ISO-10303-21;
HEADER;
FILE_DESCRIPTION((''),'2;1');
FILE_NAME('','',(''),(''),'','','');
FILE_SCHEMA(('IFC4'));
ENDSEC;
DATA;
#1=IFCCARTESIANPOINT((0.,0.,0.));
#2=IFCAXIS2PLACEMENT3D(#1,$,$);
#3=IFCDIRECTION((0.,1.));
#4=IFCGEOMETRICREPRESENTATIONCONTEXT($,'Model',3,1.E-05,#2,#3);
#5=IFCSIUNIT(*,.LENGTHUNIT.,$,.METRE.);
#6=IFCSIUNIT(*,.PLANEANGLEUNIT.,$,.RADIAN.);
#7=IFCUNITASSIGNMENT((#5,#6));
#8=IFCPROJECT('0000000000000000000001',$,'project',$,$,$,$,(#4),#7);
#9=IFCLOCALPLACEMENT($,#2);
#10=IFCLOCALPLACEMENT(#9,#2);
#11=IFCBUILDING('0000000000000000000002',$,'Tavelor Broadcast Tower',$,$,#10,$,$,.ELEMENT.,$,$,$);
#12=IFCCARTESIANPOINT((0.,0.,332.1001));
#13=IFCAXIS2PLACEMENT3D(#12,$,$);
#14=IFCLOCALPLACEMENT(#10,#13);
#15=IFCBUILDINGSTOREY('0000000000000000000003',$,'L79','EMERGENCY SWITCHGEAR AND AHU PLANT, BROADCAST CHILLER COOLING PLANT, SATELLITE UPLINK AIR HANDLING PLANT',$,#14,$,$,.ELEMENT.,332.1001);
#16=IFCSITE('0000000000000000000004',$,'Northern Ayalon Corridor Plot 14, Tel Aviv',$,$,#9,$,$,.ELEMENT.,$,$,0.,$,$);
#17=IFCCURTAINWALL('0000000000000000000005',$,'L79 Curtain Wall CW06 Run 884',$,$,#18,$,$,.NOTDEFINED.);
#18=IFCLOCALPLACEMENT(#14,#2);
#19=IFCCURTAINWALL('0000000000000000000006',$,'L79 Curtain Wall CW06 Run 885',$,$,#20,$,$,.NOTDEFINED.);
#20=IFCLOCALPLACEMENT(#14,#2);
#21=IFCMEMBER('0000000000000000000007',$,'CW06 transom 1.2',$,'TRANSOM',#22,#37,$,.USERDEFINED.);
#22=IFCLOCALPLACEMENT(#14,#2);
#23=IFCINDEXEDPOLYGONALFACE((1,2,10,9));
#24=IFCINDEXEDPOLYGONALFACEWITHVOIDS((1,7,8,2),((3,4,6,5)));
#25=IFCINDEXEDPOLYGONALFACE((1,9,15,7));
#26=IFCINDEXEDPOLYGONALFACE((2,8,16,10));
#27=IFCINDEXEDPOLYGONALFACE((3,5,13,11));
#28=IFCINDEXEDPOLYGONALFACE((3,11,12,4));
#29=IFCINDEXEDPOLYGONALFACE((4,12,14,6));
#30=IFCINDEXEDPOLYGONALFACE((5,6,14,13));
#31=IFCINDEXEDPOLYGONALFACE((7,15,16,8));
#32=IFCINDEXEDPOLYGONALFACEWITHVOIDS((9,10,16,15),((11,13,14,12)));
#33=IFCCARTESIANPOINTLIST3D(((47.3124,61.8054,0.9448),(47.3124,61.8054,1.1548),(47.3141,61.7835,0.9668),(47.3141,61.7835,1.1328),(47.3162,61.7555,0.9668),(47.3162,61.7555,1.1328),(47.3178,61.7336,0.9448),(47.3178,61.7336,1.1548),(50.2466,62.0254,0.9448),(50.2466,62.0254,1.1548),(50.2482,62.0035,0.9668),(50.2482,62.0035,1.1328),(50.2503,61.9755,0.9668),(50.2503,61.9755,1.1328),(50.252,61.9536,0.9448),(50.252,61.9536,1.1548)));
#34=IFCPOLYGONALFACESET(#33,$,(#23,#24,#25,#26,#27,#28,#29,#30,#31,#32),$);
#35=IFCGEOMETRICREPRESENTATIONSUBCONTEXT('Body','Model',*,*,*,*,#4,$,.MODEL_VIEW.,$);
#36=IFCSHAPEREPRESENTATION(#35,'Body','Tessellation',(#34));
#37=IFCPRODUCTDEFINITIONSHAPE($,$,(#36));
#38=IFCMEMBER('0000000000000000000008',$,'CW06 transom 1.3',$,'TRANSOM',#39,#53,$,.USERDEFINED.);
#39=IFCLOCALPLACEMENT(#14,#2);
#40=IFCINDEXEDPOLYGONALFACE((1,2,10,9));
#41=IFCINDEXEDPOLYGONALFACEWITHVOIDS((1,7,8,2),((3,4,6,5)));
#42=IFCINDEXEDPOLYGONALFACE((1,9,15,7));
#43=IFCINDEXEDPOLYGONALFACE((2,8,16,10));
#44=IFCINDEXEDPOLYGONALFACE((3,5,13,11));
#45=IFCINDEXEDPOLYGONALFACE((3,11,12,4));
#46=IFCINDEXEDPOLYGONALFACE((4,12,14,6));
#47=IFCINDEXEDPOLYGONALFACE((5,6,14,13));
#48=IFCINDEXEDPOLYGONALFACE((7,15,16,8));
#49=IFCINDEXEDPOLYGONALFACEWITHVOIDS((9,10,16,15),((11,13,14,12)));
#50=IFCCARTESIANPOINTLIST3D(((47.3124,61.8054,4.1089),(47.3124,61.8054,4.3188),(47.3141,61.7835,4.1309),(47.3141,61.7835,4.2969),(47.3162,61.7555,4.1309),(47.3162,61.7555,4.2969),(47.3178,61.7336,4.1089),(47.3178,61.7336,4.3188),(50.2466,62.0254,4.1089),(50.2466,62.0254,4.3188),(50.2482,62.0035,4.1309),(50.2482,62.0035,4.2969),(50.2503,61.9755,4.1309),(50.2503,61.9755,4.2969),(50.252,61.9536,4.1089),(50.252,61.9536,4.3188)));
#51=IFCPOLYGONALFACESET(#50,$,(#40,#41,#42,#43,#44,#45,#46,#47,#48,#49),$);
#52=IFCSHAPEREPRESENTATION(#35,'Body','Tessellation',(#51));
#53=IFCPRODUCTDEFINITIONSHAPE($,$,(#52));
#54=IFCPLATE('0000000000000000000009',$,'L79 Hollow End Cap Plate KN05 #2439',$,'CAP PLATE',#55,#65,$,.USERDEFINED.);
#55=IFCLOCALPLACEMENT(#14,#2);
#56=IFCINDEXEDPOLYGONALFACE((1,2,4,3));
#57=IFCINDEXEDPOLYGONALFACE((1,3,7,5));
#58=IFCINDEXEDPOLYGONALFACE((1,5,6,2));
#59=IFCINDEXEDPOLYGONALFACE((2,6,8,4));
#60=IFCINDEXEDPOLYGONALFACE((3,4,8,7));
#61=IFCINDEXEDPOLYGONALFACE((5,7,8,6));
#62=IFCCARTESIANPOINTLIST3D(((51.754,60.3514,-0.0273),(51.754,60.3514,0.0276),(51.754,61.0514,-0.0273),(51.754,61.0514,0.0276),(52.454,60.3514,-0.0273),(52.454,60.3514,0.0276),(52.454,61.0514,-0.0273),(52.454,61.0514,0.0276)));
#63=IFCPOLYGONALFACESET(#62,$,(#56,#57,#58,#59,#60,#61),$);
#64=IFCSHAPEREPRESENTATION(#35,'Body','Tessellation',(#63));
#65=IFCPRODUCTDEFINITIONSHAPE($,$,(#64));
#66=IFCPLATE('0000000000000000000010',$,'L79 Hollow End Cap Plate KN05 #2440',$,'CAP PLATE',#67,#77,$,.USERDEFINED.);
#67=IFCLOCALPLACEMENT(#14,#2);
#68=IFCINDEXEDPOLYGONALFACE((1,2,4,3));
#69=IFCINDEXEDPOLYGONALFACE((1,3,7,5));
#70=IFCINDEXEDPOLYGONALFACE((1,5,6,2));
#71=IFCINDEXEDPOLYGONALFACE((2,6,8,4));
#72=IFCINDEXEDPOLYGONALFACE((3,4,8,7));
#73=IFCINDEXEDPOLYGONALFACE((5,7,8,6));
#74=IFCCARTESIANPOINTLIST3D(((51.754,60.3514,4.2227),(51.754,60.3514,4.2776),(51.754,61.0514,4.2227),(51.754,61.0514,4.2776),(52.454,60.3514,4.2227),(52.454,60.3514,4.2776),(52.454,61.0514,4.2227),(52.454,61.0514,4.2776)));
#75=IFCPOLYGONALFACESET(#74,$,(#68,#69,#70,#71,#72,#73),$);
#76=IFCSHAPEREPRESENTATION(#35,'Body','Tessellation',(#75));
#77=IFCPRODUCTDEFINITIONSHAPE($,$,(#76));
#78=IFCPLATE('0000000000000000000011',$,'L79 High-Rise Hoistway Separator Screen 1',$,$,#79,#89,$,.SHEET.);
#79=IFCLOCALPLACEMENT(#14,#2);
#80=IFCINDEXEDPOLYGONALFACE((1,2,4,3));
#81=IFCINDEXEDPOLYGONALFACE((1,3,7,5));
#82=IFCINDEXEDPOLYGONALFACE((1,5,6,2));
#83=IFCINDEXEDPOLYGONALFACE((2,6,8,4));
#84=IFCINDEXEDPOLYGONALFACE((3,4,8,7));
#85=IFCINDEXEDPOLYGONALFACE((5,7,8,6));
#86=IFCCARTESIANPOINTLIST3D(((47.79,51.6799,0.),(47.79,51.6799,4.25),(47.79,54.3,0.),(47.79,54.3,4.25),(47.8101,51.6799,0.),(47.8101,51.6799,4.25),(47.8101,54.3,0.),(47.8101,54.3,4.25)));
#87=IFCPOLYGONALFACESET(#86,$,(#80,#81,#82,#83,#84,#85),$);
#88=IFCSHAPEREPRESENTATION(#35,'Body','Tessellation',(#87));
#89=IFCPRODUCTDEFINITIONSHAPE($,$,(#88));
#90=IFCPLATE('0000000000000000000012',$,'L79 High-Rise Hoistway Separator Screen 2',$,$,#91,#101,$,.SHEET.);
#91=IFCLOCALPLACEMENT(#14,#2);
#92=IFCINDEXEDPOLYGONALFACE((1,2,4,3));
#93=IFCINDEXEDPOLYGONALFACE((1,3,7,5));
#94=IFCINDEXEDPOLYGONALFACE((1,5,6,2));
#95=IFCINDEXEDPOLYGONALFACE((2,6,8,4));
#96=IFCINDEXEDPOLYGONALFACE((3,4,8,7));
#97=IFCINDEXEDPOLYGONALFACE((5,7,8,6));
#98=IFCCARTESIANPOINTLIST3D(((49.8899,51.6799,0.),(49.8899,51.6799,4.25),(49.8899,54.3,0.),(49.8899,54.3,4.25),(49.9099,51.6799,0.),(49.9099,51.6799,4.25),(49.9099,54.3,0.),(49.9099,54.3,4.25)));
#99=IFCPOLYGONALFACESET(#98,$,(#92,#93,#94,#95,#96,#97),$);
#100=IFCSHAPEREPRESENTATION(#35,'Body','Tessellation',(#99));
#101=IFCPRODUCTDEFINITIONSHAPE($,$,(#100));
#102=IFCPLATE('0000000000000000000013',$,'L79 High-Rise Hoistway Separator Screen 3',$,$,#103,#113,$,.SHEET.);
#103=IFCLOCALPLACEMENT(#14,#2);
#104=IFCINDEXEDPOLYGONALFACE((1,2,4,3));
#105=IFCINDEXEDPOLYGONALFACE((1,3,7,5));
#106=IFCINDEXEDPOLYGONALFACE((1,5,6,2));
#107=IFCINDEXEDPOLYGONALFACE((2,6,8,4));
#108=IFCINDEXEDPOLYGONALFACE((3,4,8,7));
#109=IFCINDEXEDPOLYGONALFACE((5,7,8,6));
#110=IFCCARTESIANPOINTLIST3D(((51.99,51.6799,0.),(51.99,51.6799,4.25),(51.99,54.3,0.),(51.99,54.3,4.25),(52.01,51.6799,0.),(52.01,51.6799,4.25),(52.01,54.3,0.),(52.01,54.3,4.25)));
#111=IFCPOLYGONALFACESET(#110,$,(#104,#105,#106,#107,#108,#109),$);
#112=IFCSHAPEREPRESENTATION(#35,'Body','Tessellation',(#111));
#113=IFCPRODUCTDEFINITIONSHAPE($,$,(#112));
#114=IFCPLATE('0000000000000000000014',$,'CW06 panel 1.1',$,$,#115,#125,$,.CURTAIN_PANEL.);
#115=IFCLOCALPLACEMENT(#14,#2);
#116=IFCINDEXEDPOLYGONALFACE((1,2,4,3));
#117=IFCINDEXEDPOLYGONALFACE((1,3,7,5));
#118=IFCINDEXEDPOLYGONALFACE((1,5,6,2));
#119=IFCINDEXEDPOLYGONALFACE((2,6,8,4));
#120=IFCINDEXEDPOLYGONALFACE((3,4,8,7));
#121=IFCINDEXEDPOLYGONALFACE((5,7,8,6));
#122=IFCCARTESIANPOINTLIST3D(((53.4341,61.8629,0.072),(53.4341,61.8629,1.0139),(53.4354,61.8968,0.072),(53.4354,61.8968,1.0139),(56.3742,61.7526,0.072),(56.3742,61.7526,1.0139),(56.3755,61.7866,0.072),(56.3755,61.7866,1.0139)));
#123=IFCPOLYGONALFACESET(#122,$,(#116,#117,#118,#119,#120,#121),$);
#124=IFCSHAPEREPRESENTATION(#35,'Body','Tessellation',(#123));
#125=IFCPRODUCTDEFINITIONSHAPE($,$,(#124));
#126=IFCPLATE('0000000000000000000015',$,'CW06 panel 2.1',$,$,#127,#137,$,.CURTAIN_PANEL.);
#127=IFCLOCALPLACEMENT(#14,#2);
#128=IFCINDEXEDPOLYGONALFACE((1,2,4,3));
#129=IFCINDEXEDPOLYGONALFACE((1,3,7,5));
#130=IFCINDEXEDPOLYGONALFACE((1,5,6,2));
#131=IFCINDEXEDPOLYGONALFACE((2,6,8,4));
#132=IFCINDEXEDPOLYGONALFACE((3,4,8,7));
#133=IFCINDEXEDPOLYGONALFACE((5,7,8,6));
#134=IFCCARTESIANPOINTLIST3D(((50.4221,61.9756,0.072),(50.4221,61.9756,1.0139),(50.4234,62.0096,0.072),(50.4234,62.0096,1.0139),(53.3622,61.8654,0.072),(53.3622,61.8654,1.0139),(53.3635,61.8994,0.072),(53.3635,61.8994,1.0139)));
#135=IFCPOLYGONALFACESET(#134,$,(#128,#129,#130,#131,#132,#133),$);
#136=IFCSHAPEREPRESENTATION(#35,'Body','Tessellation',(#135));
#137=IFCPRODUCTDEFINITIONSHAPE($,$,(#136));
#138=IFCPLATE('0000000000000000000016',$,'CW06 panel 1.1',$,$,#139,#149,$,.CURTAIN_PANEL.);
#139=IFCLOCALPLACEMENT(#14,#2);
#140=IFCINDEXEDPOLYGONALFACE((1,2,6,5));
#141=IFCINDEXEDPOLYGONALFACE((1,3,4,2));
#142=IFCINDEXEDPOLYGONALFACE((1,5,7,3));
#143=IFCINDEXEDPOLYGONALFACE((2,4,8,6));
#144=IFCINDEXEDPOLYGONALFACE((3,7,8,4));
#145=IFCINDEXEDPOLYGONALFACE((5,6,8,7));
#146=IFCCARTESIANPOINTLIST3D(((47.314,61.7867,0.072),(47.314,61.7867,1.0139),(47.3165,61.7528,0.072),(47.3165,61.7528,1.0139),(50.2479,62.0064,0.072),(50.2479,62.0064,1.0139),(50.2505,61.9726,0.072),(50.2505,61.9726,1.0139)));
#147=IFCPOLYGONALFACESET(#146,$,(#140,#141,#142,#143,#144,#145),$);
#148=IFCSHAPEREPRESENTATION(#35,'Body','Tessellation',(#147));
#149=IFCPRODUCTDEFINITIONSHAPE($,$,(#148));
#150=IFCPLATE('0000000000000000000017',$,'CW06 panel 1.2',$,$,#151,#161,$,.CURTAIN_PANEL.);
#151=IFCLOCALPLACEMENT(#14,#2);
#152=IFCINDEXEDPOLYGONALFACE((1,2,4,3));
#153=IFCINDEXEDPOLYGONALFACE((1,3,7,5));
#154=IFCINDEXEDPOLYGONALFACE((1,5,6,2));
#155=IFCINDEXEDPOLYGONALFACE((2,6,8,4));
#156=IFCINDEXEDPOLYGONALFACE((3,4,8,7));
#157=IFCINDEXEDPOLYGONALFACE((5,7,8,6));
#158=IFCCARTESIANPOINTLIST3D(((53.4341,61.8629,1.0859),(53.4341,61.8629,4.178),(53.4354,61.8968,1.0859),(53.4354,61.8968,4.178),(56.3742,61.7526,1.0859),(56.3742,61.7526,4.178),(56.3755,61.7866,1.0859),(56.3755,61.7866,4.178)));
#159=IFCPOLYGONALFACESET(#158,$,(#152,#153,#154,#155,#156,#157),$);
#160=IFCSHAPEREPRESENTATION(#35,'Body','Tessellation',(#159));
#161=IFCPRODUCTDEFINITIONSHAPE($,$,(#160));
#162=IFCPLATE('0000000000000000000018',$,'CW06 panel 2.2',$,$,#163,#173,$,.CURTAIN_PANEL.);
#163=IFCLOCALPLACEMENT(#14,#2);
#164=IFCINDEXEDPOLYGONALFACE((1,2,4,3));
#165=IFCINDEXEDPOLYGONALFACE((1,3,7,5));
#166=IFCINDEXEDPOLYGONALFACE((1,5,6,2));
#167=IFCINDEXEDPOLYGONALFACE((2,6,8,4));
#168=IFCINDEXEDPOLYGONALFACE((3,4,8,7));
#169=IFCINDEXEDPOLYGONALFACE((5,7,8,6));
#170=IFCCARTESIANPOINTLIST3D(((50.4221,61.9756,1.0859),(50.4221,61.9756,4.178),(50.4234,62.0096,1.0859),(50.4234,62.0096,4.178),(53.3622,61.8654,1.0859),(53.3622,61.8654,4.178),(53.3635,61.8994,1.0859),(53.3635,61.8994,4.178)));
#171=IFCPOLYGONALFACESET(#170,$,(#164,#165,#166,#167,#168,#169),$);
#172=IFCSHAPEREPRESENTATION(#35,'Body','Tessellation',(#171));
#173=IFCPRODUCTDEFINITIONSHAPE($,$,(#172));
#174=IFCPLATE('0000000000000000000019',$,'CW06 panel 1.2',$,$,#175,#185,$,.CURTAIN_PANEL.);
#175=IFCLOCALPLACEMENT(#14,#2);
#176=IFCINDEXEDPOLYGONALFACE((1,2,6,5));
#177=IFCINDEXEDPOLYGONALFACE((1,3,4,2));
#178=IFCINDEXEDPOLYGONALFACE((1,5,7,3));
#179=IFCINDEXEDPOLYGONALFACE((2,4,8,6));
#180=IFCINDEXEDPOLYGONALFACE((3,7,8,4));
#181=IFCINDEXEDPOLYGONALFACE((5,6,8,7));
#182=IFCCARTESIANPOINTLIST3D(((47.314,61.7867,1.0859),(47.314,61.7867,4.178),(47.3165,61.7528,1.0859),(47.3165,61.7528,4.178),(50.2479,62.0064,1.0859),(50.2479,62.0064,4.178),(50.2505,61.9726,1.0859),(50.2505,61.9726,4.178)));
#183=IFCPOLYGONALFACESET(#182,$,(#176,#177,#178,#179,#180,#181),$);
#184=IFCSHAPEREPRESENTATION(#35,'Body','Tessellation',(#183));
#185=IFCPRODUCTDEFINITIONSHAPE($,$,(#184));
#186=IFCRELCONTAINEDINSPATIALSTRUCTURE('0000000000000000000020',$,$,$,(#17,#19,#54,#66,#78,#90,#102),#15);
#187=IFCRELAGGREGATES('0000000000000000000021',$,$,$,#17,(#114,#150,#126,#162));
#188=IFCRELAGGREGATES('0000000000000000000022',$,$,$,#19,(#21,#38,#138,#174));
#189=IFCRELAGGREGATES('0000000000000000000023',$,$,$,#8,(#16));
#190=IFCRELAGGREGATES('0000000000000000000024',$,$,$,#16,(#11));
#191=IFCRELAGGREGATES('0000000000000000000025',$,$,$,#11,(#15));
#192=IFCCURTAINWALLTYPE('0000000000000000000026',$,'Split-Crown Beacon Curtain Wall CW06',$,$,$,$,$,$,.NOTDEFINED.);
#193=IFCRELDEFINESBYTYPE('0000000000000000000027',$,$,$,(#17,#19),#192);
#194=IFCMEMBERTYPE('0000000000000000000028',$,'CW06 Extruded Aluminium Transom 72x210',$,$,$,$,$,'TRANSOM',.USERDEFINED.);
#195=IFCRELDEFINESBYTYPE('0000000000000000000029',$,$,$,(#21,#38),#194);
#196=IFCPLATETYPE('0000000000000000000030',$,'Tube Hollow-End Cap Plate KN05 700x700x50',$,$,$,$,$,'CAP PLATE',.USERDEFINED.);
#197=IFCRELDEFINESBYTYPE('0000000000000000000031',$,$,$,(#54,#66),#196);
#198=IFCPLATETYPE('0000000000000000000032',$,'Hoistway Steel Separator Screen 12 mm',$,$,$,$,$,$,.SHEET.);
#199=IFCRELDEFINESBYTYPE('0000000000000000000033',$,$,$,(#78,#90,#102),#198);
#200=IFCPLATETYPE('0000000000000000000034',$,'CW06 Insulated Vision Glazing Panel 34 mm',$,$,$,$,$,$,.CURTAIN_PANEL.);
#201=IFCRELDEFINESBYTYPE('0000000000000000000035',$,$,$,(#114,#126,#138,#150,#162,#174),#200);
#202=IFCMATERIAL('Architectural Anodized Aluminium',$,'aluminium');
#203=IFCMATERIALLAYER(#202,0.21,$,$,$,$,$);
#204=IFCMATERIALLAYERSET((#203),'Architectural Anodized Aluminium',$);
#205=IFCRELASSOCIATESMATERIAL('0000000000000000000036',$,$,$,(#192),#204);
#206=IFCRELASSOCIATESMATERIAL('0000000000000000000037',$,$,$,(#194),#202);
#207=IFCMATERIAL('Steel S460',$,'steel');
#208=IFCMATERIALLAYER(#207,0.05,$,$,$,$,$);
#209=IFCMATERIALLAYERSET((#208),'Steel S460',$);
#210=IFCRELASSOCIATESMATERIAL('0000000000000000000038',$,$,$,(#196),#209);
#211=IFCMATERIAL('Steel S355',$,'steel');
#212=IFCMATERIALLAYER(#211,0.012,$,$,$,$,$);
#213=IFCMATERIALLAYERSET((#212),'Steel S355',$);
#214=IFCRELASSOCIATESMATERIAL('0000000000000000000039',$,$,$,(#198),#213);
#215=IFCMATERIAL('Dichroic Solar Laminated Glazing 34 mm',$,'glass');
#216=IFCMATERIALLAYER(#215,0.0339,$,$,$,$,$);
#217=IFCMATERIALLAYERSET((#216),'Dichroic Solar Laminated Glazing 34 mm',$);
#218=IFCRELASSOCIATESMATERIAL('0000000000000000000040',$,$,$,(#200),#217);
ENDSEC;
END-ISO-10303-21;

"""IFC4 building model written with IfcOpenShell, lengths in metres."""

from ifc_helpers import new_model, si_unit, direction, frame, origin, origin_2d, place, context, subcontext, project, spatial, rectangle, hollow_rectangle, extrude, source, transform, mapped, material, layer, layer_set, material_profile, profile_set, type_object, type_shapes, element, aggregate, save


model = new_model("IFC4")

# Units and contexts
model_context = context("Model", 3, precision=1e-05, world=origin(), true_north=direction((0.0, 1.0)))
body_context = subcontext(model_context, "Body", "Model", "MODEL_VIEW")
ifc_project = project(units=[si_unit("LENGTHUNIT", "METRE"), si_unit("PLANEANGLEUNIT", "RADIAN")], contexts=[model_context])

# Site, building, storey
site_placement = place(None, origin())
site = spatial("IfcSite", under=ifc_project, at=site_placement, Name="Northern Ayalon Corridor Plot 14, Tel Aviv", CompositionType="ELEMENT", RefElevation=0.0)
building_placement = place(site_placement, origin())
building = spatial("IfcBuilding", under=site, at=building_placement, Name="Tavelor Broadcast Tower", CompositionType="ELEMENT")
storey_placement = place(building_placement, frame((0.0, 0.0, 332.1001)))
storey = spatial("IfcBuildingStorey", under=building, at=storey_placement, Name="L79", Description="EMERGENCY SWITCHGEAR AND AHU PLANT, BROADCAST CHILLER COOLING PLANT, SATELLITE UPLINK AIR HANDLING PLANT", CompositionType="ELEMENT", Elevation=332.1001)

# Shared definitions
ifc_material_1 = material(Name="Steel S355", Category="steel")

# Curtain walls
ifc_material_2 = material(Name="Architectural Anodized Aluminium", Category="aluminium")
ifc_layer_1 = layer(ifc_material_2, 0.21)
ifc_layer_set_1 = layer_set([ifc_layer_1], Name="Architectural Anodized Aluminium")
curtain_wall_type = type_object("IfcCurtainWallType", Name="Split-Crown Beacon Curtain Wall CW06", PredefinedType="NOTDEFINED", material=ifc_layer_set_1)
curtain_wall_1_placement = place(storey_placement, origin())
curtain_wall_1 = element("IfcCurtainWall", 1, at=curtain_wall_1_placement, inside=storey, type_object=curtain_wall_type, Name="L79 Curtain Wall CW06 Run 884", PredefinedType="NOTDEFINED")
curtain_wall_2_placement = place(storey_placement, origin())
curtain_wall_2 = element("IfcCurtainWall", 2, at=curtain_wall_2_placement, inside=storey, type_object=curtain_wall_type, Name="L79 Curtain Wall CW06 Run 885", PredefinedType="NOTDEFINED")

# Members
ifc_material_profile_1 = material_profile(ifc_material_2, hollow_rectangle(XDim=0.072, YDim=0.21, WallThickness=0.022, at=origin_2d()), Name="RHS 72x210x22")
ifc_profile_set_1 = profile_set([ifc_material_profile_1], Name="Architectural Anodized Aluminium")
member_type_1 = type_object("IfcMemberType", Name="CW06 Extruded Aluminium Transom 72x210", ElementType="TRANSOM", PredefinedType="USERDEFINED", material=ifc_profile_set_1)
shared_shape_1 = source(origin(), body_context, "Body", "SweptSolid", [
    extrude(hollow_rectangle(XDim=0.072, YDim=0.21, WallThickness=0.022, at=origin_2d()), origin(), (0.0, 0.0, 1.0), 2.9424),
])
member_1_placement = place(storey_placement, frame((50.2493, 61.9895, 1.0498), z_axis=(-0.997201, -0.074761, 0.0), x_axis=(0.074761, -0.997201, 0.0)))
member_1 = element("IfcMember", 3, at=member_1_placement, type_object=member_type_1, Name="CW06 transom 1.2", ObjectType="TRANSOM", PredefinedType="USERDEFINED", context=body_context, shape_type="MappedRepresentation", body=[
    mapped(shared_shape_1, transform((0.0, 0.0, 0.0), scale=1.0)),
])
member_2_placement = place(storey_placement, frame((50.2493, 61.9895, 4.2139), z_axis=(-0.997201, -0.074761, 0.0), x_axis=(0.074761, -0.997201, 0.0)))
member_2 = element("IfcMember", 4, at=member_2_placement, type_object=member_type_1, Name="CW06 transom 1.3", ObjectType="TRANSOM", PredefinedType="USERDEFINED", context=body_context, shape_type="MappedRepresentation", body=[
    mapped(shared_shape_1, transform((0.0, 0.0, 0.0), scale=1.0)),
])

# Plates
ifc_material_3 = material(Name="Steel S460", Category="steel")
ifc_layer_2 = layer(ifc_material_3, 0.05)
ifc_layer_set_2 = layer_set([ifc_layer_2], Name="Steel S460")
plate_type_1 = type_object("IfcPlateType", Name="Tube Hollow-End Cap Plate KN05 700x700x50", ElementType="CAP PLATE", PredefinedType="USERDEFINED", material=ifc_layer_set_2)
shared_shape_2 = source(origin(), body_context, "Body", "SweptSolid", [
    extrude(rectangle(XDim=0.7, YDim=0.7, at=origin_2d()), origin(), (0.0, 0.0, 1.0), 0.0549),
])
type_shapes(plate_type_1, [shared_shape_2])
for number, where, z_axis, x_axis, name in (
    (5, (52.104, 60.7014, -0.0273), (0.0, 0.0, 1.0), (1.0, 0.0, 0.0), "L79 Hollow End Cap Plate KN05 #2439"),
    (6, (52.104, 60.7014, 4.2227), (0.0, 0.0, 1.0), (1.0, 0.0, 0.0), "L79 Hollow End Cap Plate KN05 #2440"),
):
    element("IfcPlate", number, at=place(storey_placement, frame(where, z_axis=z_axis, x_axis=x_axis)), inside=storey, type_object=plate_type_1, Name=name, ObjectType="CAP PLATE", PredefinedType="USERDEFINED", context=body_context, shape_type="MappedRepresentation", body=[
        mapped(shared_shape_2, transform((0.0, 0.0, 0.0), scale=1.0)),
    ])
ifc_layer_3 = layer(ifc_material_1, 0.012)
ifc_layer_set_3 = layer_set([ifc_layer_3], Name="Steel S355")
plate_type_2 = type_object("IfcPlateType", Name="Hoistway Steel Separator Screen 12 mm", PredefinedType="SHEET", material=ifc_layer_set_3)
shared_shape_3 = source(origin(), body_context, "Body", "SweptSolid", [
    extrude(rectangle(XDim=0.02, YDim=2.6201, at=origin_2d()), origin(), (0.0, 0.0, 1.0), 4.25),
])
type_shapes(plate_type_2, [shared_shape_3])
for number, where, z_axis, x_axis, name in (
    (7, (47.8, 52.99, 0.0), (0.0, 0.0, 1.0), (1.0, 0.0, 0.0), "L79 High-Rise Hoistway Separator Screen 1"),
    (8, (49.8999, 52.99, 0.0), (0.0, 0.0, 1.0), (1.0, 0.0, 0.0), "L79 High-Rise Hoistway Separator Screen 2"),
    (9, (52.0, 52.99, 0.0), (0.0, 0.0, 1.0), (1.0, 0.0, 0.0), "L79 High-Rise Hoistway Separator Screen 3"),
):
    element("IfcPlate", number, at=place(storey_placement, frame(where, z_axis=z_axis, x_axis=x_axis)), inside=storey, type_object=plate_type_2, Name=name, PredefinedType="SHEET", context=body_context, shape_type="MappedRepresentation", body=[
        mapped(shared_shape_3, transform((0.0, 0.0, 0.0), scale=1.0)),
    ])

# Plates
ifc_material_4 = material(Name="Dichroic Solar Laminated Glazing 34 mm", Category="glass")
ifc_layer_4 = layer(ifc_material_4, 0.0339)
ifc_layer_set_4 = layer_set([ifc_layer_4], Name="Dichroic Solar Laminated Glazing 34 mm")
plate_type_3 = type_object("IfcPlateType", Name="CW06 Insulated Vision Glazing Panel 34 mm", PredefinedType="CURTAIN_PANEL", material=ifc_layer_set_4)
shared_shape_4 = source(origin(), body_context, "Body", "SweptSolid", [
    extrude(rectangle(XDim=2.9421, YDim=0.0339, at=origin_2d()), origin(), (0.0, 0.0, 1.0), 0.9419),
])
plate_1_placement = place(storey_placement, frame((54.9048, 61.8247, 0.072), z_axis=(0.0, 0.0, 1.0), x_axis=(-0.999298, 0.037458, 0.0)))
plate_1 = element("IfcPlate", 10, at=plate_1_placement, type_object=plate_type_3, Name="CW06 panel 1.1", PredefinedType="CURTAIN_PANEL", context=body_context, shape_type="MappedRepresentation", body=[
    mapped(shared_shape_4, transform((0.0, 0.0, 0.0), scale=1.0)),
])
plate_2_placement = place(storey_placement, frame((51.8928, 61.9375, 0.072), z_axis=(0.0, 0.0, 1.0), x_axis=(-0.999298, 0.037458, 0.0)))
plate_2 = element("IfcPlate", 11, at=plate_2_placement, type_object=plate_type_3, Name="CW06 panel 2.1", PredefinedType="CURTAIN_PANEL", context=body_context, shape_type="MappedRepresentation", body=[
    mapped(shared_shape_4, transform((0.0, 0.0, 0.0), scale=1.0)),
])
plate_3_placement = place(storey_placement, frame((48.7822, 61.8796, 0.072), z_axis=(0.0, 0.0, 1.0), x_axis=(-0.997206, -0.074701, 0.0)))
plate_3 = element("IfcPlate", 12, at=plate_3_placement, type_object=plate_type_3, Name="CW06 panel 1.1", PredefinedType="CURTAIN_PANEL", context=body_context, shape_type="MappedRepresentation", body=[
    mapped(shared_shape_4, transform((0.0, 0.0, 0.0), scale=1.0)),
])
shared_shape_5 = source(origin(), body_context, "Body", "SweptSolid", [
    extrude(rectangle(XDim=2.9421, YDim=0.0339, at=origin_2d()), origin(), (0.0, 0.0, 1.0), 3.092),
])
type_shapes(plate_type_3, [shared_shape_4, shared_shape_5])
plate_4_placement = place(storey_placement, frame((54.9048, 61.8247, 1.0859), z_axis=(0.0, 0.0, 1.0), x_axis=(-0.999298, 0.037458, 0.0)))
plate_4 = element("IfcPlate", 13, at=plate_4_placement, type_object=plate_type_3, Name="CW06 panel 1.2", PredefinedType="CURTAIN_PANEL", context=body_context, shape_type="MappedRepresentation", body=[
    mapped(shared_shape_5, transform((0.0, 0.0, 0.0), scale=1.0)),
])
plate_5_placement = place(storey_placement, frame((51.8928, 61.9375, 1.0859), z_axis=(0.0, 0.0, 1.0), x_axis=(-0.999298, 0.037458, 0.0)))
plate_5 = element("IfcPlate", 14, at=plate_5_placement, type_object=plate_type_3, Name="CW06 panel 2.2", PredefinedType="CURTAIN_PANEL", context=body_context, shape_type="MappedRepresentation", body=[
    mapped(shared_shape_5, transform((0.0, 0.0, 0.0), scale=1.0)),
])
aggregate(curtain_wall_1, [plate_1, plate_4, plate_2, plate_5])
plate_6_placement = place(storey_placement, frame((48.7822, 61.8796, 1.0859), z_axis=(0.0, 0.0, 1.0), x_axis=(-0.997206, -0.074701, 0.0)))
plate_6 = element("IfcPlate", 15, at=plate_6_placement, type_object=plate_type_3, Name="CW06 panel 1.2", PredefinedType="CURTAIN_PANEL", context=body_context, shape_type="MappedRepresentation", body=[
    mapped(shared_shape_5, transform((0.0, 0.0, 0.0), scale=1.0)),
])
aggregate(curtain_wall_2, [member_1, member_2, plate_3, plate_6])

save(model, "model.ifc")
